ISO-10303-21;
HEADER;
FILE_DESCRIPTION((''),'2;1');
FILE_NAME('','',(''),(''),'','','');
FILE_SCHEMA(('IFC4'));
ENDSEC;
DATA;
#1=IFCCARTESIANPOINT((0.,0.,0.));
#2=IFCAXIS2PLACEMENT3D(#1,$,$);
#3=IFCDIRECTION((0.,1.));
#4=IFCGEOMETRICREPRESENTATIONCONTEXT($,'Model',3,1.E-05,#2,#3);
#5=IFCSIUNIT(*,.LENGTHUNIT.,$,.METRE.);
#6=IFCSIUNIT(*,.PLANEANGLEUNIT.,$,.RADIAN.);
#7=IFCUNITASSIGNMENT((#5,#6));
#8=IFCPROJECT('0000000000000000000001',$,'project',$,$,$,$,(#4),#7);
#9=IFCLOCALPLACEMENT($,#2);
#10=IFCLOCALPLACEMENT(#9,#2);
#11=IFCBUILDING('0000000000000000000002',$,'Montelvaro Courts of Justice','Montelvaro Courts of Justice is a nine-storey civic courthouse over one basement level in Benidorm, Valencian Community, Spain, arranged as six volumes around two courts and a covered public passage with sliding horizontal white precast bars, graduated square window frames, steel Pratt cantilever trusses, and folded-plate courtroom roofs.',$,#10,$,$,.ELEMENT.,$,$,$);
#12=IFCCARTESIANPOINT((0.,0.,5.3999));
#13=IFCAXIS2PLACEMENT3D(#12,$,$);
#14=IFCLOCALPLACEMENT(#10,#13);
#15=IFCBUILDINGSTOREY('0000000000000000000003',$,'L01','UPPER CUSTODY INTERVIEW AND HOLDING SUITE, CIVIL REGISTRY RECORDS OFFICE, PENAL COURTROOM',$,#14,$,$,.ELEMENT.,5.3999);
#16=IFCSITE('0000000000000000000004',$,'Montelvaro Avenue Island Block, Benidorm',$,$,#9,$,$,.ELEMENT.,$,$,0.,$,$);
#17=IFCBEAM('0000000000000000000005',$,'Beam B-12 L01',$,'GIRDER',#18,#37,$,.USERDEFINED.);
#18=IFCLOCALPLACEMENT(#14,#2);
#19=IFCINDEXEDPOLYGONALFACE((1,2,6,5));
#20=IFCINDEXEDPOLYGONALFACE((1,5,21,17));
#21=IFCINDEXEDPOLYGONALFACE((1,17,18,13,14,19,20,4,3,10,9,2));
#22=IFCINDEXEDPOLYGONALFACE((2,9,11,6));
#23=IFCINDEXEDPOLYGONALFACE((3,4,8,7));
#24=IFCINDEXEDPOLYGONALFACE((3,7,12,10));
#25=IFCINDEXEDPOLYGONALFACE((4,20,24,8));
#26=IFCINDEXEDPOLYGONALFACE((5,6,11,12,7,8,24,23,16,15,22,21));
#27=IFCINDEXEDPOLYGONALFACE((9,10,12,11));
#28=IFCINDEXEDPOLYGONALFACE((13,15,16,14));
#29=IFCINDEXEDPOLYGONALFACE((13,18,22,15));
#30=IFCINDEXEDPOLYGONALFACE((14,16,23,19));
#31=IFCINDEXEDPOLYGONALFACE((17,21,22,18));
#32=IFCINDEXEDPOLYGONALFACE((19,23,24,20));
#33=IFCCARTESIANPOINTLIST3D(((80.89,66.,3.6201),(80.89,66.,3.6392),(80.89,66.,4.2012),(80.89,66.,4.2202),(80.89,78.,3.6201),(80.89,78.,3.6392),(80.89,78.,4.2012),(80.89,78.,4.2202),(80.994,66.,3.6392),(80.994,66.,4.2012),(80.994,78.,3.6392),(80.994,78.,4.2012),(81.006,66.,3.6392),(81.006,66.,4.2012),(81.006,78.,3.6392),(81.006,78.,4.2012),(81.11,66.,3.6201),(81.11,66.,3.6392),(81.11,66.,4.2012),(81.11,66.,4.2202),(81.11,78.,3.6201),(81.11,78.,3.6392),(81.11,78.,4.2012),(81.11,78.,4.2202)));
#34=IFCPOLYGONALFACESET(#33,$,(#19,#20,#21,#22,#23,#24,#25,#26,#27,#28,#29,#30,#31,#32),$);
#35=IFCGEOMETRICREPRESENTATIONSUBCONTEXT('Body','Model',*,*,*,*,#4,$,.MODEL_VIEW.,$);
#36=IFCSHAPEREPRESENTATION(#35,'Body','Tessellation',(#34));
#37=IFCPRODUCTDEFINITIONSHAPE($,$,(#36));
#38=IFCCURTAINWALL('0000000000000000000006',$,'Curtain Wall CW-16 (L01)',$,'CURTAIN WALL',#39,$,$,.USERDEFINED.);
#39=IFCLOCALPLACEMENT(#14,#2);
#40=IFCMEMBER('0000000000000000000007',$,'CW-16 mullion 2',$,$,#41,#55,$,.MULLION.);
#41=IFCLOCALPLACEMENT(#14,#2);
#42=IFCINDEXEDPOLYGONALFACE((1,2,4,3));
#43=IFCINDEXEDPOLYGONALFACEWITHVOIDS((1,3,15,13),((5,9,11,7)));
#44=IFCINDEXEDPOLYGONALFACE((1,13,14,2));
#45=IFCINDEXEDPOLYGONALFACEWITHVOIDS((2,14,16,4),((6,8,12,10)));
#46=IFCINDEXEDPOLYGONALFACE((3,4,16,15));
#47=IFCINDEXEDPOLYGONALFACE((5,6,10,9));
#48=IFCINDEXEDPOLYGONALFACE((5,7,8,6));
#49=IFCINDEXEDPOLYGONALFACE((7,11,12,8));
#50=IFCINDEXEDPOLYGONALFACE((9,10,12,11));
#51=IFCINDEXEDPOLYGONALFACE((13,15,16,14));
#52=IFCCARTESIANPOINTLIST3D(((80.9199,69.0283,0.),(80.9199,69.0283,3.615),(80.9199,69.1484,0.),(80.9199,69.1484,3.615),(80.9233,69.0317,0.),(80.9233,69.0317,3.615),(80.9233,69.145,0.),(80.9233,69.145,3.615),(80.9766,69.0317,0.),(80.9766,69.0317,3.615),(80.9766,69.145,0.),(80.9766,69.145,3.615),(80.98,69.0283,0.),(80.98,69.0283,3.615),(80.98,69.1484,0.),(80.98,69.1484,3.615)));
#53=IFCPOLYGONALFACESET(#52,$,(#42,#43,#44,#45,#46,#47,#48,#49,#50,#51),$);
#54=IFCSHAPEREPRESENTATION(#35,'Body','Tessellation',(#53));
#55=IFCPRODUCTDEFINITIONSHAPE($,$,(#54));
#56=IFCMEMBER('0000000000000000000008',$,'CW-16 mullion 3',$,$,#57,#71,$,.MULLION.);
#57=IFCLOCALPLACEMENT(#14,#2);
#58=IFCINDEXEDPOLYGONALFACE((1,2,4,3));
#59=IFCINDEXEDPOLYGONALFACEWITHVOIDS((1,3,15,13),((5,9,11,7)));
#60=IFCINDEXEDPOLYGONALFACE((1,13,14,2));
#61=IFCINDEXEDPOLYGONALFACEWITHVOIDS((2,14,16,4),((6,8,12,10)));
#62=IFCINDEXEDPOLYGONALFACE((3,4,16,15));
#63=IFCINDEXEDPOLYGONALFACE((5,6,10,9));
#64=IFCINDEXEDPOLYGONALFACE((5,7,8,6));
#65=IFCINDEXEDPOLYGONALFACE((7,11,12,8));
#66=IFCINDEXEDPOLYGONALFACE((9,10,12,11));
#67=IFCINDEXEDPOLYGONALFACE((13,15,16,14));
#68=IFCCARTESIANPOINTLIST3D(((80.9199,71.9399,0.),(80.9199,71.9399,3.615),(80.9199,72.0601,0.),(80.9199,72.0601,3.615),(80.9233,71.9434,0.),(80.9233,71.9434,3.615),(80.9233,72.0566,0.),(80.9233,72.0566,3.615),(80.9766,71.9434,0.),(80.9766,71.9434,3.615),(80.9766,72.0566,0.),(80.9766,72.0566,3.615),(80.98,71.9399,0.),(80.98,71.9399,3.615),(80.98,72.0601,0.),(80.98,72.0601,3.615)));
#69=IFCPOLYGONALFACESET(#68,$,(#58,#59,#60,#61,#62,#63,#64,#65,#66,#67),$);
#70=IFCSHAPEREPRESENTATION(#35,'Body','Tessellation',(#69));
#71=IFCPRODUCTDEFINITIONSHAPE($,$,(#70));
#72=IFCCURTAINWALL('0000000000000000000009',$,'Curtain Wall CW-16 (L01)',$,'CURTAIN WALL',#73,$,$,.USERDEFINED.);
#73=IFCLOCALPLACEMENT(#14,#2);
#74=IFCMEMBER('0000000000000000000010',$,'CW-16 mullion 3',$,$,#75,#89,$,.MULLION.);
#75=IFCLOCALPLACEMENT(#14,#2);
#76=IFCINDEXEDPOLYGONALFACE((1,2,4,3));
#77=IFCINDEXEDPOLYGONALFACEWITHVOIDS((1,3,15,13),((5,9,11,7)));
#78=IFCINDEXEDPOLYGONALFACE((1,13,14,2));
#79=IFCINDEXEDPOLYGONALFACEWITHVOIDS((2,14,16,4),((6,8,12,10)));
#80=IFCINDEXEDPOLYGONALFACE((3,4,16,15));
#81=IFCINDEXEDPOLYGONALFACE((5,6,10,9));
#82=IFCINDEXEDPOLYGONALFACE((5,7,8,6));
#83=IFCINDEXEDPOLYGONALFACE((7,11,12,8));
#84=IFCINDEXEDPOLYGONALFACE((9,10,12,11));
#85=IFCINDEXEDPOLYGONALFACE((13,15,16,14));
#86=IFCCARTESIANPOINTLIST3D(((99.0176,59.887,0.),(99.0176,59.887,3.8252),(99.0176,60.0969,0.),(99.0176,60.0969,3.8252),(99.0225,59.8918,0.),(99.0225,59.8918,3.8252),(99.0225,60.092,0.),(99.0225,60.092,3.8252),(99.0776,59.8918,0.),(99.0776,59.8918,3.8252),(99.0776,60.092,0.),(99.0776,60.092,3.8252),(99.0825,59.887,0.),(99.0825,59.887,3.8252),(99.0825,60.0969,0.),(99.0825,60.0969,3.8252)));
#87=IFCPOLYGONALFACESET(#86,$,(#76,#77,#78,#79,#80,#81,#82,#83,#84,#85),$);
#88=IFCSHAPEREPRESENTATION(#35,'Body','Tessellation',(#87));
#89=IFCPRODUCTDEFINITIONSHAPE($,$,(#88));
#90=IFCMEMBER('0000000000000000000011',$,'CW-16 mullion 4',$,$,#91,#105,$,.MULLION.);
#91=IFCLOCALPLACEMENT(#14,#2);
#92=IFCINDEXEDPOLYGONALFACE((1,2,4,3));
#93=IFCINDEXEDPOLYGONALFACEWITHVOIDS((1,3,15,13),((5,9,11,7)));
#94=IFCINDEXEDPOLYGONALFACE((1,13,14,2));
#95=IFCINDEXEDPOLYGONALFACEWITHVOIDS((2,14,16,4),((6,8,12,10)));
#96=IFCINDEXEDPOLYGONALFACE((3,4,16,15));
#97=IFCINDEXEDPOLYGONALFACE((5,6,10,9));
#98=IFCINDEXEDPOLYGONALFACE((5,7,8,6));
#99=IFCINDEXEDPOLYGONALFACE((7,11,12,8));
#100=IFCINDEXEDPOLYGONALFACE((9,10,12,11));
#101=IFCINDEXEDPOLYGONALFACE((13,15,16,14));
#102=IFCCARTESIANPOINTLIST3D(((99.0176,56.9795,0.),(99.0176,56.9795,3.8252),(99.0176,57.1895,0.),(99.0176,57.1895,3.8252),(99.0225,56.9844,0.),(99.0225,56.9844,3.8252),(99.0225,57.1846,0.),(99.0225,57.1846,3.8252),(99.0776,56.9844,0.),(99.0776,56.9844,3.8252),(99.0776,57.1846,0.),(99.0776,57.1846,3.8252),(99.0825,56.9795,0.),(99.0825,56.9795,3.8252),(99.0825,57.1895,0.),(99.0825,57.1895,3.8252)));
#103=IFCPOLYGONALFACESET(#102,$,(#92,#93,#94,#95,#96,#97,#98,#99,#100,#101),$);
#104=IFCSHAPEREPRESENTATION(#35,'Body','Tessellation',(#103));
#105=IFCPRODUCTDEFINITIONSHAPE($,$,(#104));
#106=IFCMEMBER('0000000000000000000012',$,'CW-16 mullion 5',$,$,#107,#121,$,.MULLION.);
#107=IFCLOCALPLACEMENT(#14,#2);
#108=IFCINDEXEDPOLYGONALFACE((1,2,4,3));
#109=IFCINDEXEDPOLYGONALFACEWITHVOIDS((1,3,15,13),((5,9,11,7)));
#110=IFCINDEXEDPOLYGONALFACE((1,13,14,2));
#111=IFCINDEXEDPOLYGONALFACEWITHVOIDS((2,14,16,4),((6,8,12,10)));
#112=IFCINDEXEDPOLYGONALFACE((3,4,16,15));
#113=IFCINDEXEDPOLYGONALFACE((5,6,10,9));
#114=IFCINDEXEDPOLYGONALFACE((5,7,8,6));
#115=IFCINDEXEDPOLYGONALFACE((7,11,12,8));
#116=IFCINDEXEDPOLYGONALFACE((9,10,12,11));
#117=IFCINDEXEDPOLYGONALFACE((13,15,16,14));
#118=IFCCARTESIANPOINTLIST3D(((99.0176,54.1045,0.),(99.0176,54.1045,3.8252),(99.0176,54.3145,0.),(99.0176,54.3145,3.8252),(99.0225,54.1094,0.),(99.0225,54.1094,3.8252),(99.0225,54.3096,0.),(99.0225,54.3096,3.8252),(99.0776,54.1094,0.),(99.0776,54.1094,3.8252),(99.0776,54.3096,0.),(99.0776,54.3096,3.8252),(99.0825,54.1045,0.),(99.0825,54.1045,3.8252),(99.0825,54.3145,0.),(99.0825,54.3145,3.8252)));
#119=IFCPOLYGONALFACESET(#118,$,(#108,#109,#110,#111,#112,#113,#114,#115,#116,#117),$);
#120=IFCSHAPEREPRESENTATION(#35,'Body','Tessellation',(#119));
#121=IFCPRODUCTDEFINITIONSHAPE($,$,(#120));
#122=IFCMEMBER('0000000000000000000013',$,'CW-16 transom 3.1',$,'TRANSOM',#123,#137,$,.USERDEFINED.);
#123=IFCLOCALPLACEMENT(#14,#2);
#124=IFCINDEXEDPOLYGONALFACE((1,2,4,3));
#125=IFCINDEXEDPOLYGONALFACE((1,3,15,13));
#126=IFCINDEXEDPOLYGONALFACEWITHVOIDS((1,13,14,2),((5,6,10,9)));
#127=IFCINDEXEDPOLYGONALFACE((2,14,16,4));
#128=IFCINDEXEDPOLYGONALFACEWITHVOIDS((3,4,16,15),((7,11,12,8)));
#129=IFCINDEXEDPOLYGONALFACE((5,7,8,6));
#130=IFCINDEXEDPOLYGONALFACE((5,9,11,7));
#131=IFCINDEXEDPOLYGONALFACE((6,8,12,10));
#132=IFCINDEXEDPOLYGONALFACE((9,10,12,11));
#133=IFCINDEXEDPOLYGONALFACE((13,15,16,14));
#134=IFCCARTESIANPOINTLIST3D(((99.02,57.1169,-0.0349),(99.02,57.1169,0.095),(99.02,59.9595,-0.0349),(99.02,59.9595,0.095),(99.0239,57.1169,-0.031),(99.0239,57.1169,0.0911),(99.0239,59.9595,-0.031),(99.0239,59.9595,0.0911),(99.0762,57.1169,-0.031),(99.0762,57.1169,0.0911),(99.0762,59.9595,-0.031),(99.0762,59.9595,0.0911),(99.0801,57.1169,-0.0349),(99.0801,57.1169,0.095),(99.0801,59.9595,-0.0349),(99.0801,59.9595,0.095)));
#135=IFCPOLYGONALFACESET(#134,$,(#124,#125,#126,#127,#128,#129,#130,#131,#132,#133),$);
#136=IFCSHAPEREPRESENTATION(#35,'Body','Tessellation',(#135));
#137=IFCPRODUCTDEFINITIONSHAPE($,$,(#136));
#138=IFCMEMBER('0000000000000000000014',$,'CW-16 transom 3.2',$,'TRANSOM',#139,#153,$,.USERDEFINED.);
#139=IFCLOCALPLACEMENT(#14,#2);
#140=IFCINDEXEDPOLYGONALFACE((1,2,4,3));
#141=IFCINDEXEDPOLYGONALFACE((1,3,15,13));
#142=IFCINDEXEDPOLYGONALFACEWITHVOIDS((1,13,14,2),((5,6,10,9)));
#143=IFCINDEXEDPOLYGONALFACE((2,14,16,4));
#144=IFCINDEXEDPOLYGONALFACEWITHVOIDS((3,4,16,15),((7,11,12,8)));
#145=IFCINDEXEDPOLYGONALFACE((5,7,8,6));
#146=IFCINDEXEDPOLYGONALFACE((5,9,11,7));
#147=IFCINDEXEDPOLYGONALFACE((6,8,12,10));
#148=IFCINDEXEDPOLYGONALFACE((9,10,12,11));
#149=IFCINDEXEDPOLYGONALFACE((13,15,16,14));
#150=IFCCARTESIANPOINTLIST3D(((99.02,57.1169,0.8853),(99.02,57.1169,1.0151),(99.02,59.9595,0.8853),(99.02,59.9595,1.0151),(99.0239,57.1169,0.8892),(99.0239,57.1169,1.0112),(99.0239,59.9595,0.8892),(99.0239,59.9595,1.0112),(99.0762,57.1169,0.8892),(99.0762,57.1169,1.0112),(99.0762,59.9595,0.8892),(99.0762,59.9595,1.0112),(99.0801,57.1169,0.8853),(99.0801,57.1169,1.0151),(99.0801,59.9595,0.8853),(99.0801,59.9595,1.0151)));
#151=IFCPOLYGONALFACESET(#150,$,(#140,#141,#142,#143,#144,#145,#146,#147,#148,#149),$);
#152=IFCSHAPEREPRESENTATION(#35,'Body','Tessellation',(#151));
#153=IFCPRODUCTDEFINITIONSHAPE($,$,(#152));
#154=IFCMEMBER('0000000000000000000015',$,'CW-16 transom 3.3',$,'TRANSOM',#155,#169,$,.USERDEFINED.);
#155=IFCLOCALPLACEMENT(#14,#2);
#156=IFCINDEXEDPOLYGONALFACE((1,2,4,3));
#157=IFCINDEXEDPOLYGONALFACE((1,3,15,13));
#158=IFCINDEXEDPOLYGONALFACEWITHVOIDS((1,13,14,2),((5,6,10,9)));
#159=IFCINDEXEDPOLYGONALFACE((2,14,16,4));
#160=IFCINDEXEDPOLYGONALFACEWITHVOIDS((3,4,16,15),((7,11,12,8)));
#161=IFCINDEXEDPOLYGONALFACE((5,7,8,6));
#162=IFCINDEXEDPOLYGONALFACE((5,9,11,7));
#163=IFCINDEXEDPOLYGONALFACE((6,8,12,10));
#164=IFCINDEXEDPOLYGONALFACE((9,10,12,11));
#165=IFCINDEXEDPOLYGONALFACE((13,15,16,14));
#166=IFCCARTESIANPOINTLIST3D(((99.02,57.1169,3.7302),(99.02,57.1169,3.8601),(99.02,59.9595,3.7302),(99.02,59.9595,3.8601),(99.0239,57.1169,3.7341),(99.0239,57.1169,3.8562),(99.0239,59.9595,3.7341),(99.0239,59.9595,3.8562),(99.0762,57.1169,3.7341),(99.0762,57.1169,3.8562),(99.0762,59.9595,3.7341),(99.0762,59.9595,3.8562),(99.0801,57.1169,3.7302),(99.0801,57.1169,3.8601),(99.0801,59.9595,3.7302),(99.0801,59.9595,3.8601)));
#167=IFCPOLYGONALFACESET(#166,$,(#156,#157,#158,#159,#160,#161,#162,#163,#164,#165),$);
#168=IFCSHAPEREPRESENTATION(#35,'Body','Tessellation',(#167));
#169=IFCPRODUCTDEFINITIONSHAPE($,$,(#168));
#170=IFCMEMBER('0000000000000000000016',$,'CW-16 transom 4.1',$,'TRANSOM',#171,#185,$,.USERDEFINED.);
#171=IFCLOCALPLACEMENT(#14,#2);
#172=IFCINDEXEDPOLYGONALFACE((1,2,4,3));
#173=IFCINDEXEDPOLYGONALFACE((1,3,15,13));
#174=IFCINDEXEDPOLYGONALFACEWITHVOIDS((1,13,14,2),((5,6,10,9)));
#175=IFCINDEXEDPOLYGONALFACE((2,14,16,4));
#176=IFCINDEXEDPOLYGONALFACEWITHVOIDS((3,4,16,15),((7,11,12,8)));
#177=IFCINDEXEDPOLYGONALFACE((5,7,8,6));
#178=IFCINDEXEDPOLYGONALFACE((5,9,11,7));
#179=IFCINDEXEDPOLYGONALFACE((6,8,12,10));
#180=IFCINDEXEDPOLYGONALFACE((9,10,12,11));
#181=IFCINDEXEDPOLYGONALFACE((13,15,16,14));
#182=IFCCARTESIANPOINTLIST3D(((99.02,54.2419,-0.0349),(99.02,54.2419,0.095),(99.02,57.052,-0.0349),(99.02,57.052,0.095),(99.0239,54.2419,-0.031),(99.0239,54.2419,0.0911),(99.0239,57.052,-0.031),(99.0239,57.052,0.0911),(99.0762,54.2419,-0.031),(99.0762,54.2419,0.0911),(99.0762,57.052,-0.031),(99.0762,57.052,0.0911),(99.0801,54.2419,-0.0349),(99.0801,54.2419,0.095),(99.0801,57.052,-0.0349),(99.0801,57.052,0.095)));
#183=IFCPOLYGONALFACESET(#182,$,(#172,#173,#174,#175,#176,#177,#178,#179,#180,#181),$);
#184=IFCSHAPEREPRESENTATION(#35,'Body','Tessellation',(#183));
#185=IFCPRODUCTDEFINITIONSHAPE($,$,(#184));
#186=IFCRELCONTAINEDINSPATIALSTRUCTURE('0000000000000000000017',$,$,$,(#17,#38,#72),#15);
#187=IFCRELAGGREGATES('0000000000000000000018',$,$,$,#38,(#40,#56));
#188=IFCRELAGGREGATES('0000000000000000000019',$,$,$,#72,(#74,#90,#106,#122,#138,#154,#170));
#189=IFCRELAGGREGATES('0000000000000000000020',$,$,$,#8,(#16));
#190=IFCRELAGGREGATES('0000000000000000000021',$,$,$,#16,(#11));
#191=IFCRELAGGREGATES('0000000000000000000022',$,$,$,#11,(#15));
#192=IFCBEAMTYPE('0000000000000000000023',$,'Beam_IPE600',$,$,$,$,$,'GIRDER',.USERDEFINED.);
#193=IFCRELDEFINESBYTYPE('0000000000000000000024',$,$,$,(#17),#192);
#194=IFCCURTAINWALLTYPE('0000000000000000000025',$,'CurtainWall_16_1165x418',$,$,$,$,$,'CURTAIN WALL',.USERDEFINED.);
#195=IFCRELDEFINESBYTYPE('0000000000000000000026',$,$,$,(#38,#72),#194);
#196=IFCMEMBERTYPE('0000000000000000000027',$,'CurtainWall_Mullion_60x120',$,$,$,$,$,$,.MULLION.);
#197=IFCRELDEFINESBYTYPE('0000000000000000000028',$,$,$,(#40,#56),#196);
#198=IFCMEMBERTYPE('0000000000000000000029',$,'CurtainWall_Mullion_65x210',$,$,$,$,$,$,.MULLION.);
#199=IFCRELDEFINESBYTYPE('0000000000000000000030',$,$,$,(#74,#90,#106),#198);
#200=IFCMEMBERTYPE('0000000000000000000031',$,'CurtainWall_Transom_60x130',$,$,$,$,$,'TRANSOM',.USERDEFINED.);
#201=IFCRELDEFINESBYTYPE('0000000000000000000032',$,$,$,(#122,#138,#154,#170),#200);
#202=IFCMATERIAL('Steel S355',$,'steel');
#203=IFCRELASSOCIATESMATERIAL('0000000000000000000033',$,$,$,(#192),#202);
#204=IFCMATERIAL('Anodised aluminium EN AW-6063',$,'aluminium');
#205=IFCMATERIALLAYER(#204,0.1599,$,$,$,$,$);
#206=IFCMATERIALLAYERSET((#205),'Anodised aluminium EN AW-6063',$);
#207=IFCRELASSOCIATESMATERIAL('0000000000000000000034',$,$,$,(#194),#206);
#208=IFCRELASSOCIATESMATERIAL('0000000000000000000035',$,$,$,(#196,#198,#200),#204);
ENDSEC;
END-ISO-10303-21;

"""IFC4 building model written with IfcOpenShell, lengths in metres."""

from ifc_helpers import new_model, si_unit, direction, frame, origin, origin_2d, place, context, subcontext, project, spatial, hollow_rectangle, i_section, extrude, material, layer, layer_set, material_profile, profile_set, type_object, element, aggregate, save


model = new_model("IFC4")

# Units and contexts
model_context = context("Model", 3, precision=1e-05, world=origin(), true_north=direction((0.0, 1.0)))
body_context = subcontext(model_context, "Body", "Model", "MODEL_VIEW")
ifc_project = project(units=[si_unit("LENGTHUNIT", "METRE"), si_unit("PLANEANGLEUNIT", "RADIAN")], contexts=[model_context])

# Site, building, storey
site_placement = place(None, origin())
site = spatial("IfcSite", under=ifc_project, at=site_placement, Name="Montelvaro Avenue Island Block, Benidorm", CompositionType="ELEMENT", RefElevation=0.0)
building_placement = place(site_placement, origin())
building = spatial("IfcBuilding", under=site, at=building_placement, Name="Montelvaro Courts of Justice", Description="Montelvaro Courts of Justice is a nine-storey civic courthouse over one basement level in Benidorm, Valencian Community, Spain, arranged as six volumes around two courts and a covered public passage with sliding horizontal white precast bars, graduated square window frames, steel Pratt cantilever trusses, and folded-plate courtroom roofs.", CompositionType="ELEMENT")
storey_placement = place(building_placement, frame((0.0, 0.0, 5.3999)))
storey = spatial("IfcBuildingStorey", under=building, at=storey_placement, Name="L01", Description="UPPER CUSTODY INTERVIEW AND HOLDING SUITE, CIVIL REGISTRY RECORDS OFFICE, PENAL COURTROOM", CompositionType="ELEMENT", Elevation=5.3999)

# Shared definitions
ifc_material_1 = material(Name="Steel S355", Category="steel")

# Beam
ifc_material_profile_1 = material_profile(ifc_material_1, i_section(OverallWidth=0.22, OverallDepth=0.6001, WebThickness=0.012, FlangeThickness=0.019, at=origin_2d()), Name="IPE 600")
ifc_profile_set_1 = profile_set([ifc_material_profile_1], Name="Steel S355")
beam_type_1 = type_object("IfcBeamType", Name="Beam_IPE600", ElementType="GIRDER", PredefinedType="USERDEFINED", material=ifc_profile_set_1)
beam_1_placement = place(storey_placement, frame((81.0, 66.0, 3.9202), z_axis=(0.0, 1.0, 0.0), x_axis=(-1.0, 0.0, 0.0)))
element("IfcBeam", 1, at=beam_1_placement, inside=storey, type_object=beam_type_1, Name="Beam B-12 L01", ObjectType="GIRDER", PredefinedType="USERDEFINED", context=body_context, shape_type="SweptSolid", body=[
    extrude(i_section(OverallWidth=0.22, OverallDepth=0.6001, WebThickness=0.012, FlangeThickness=0.019, at=origin_2d()), origin(), (0.0, 0.0, 1.0), 12.0),
])

# Curtain walls, members
ifc_material_2 = material(Name="Anodised aluminium EN AW-6063", Category="aluminium")
ifc_layer_1 = layer(ifc_material_2, 0.1599)
ifc_layer_set_1 = layer_set([ifc_layer_1], Name="Anodised aluminium EN AW-6063")
curtain_wall_type = type_object("IfcCurtainWallType", Name="CurtainWall_16_1165x418", ElementType="CURTAIN WALL", PredefinedType="USERDEFINED", material=ifc_layer_set_1)
curtain_wall_1_placement = place(storey_placement, origin())
curtain_wall_1 = element("IfcCurtainWall", 2, at=curtain_wall_1_placement, inside=storey, type_object=curtain_wall_type, Name="Curtain Wall CW-16 (L01)", ObjectType="CURTAIN WALL", PredefinedType="USERDEFINED")
ifc_material_profile_2 = material_profile(ifc_material_2, hollow_rectangle(XDim=0.0601, YDim=0.1201, WallThickness=0.0034, at=origin_2d()), Name="ALU-M 60x120")
ifc_profile_set_2 = profile_set([ifc_material_profile_2], Name="Anodised aluminium EN AW-6063")
member_type_1 = type_object("IfcMemberType", Name="CurtainWall_Mullion_60x120", PredefinedType="MULLION", material=ifc_profile_set_2)
member_1_placement = place(storey_placement, frame((80.95, 69.0884, 0.0), z_axis=(0.0, 0.0, 1.0), x_axis=(-1.0, 0.0, 0.0)))
member_1 = element("IfcMember", 3, at=member_1_placement, type_object=member_type_1, Name="CW-16 mullion 2", PredefinedType="MULLION", context=body_context, shape_type="SweptSolid", body=[
    extrude(hollow_rectangle(XDim=0.0601, YDim=0.1201, WallThickness=0.0034, at=origin_2d()), origin(), (0.0, 0.0, 1.0), 3.615),
])
member_2_placement = place(storey_placement, frame((80.95, 72.0, 0.0), z_axis=(0.0, 0.0, 1.0), x_axis=(-1.0, 0.0, 0.0)))
member_2 = element("IfcMember", 4, at=member_2_placement, type_object=member_type_1, Name="CW-16 mullion 3", PredefinedType="MULLION", context=body_context, shape_type="SweptSolid", body=[
    extrude(hollow_rectangle(XDim=0.0601, YDim=0.1201, WallThickness=0.0034, at=origin_2d()), origin(), (0.0, 0.0, 1.0), 3.615),
])
curtain_wall_2_placement = place(storey_placement, origin())
curtain_wall_2 = element("IfcCurtainWall", 5, at=curtain_wall_2_placement, inside=storey, type_object=curtain_wall_type, Name="Curtain Wall CW-16 (L01)", ObjectType="CURTAIN WALL", PredefinedType="USERDEFINED")
ifc_material_profile_3 = material_profile(ifc_material_2, hollow_rectangle(XDim=0.0649, YDim=0.21, WallThickness=0.0049, at=origin_2d()), Name="ALU-M 65x210")
ifc_profile_set_3 = profile_set([ifc_material_profile_3], Name="Anodised aluminium EN AW-6063")
member_type_2 = type_object("IfcMemberType", Name="CurtainWall_Mullion_65x210", PredefinedType="MULLION", material=ifc_profile_set_3)
member_3_placement = place(storey_placement, frame((99.05, 59.9919, 0.0), z_axis=(0.0, 0.0, 1.0), x_axis=(1.0, 0.0, 0.0)))
member_3 = element("IfcMember", 6, at=member_3_placement, type_object=member_type_2, Name="CW-16 mullion 3", PredefinedType="MULLION", context=body_context, shape_type="SweptSolid", body=[
    extrude(hollow_rectangle(XDim=0.0649, YDim=0.21, WallThickness=0.0049, at=origin_2d()), origin(), (0.0, 0.0, 1.0), 3.8252),
])
member_4_placement = place(storey_placement, frame((99.05, 57.0845, 0.0), z_axis=(0.0, 0.0, 1.0), x_axis=(1.0, 0.0, 0.0)))
member_4 = element("IfcMember", 7, at=member_4_placement, type_object=member_type_2, Name="CW-16 mullion 4", PredefinedType="MULLION", context=body_context, shape_type="SweptSolid", body=[
    extrude(hollow_rectangle(XDim=0.0649, YDim=0.21, WallThickness=0.0049, at=origin_2d()), origin(), (0.0, 0.0, 1.0), 3.8252),
])
member_5_placement = place(storey_placement, frame((99.05, 54.2095, 0.0), z_axis=(0.0, 0.0, 1.0), x_axis=(1.0, 0.0, 0.0)))
member_5 = element("IfcMember", 8, at=member_5_placement, type_object=member_type_2, Name="CW-16 mullion 5", PredefinedType="MULLION", context=body_context, shape_type="SweptSolid", body=[
    extrude(hollow_rectangle(XDim=0.0649, YDim=0.21, WallThickness=0.0049, at=origin_2d()), origin(), (0.0, 0.0, 1.0), 3.8252),
])
ifc_material_profile_4 = material_profile(ifc_material_2, hollow_rectangle(XDim=0.0601, YDim=0.1299, WallThickness=0.0039, at=origin_2d()), Name="ALU-T 60x130")
ifc_profile_set_4 = profile_set([ifc_material_profile_4], Name="Anodised aluminium EN AW-6063")
member_type_3 = type_object("IfcMemberType", Name="CurtainWall_Transom_60x130", ElementType="TRANSOM", PredefinedType="USERDEFINED", material=ifc_profile_set_4)
member_6_placement = place(storey_placement, frame((99.05, 59.9595, 0.03), z_axis=(0.0, -1.0, 0.0), x_axis=(1.0, 0.0, 0.0)))
member_6 = element("IfcMember", 9, at=member_6_placement, type_object=member_type_3, Name="CW-16 transom 3.1", ObjectType="TRANSOM", PredefinedType="USERDEFINED", context=body_context, shape_type="SweptSolid", body=[
    extrude(hollow_rectangle(XDim=0.0601, YDim=0.1299, WallThickness=0.0039, at=origin_2d()), origin(), (0.0, 0.0, 1.0), 2.8425),
])
member_7_placement = place(storey_placement, frame((99.05, 59.9595, 0.9502), z_axis=(0.0, -1.0, 0.0), x_axis=(1.0, 0.0, 0.0)))
member_7 = element("IfcMember", 10, at=member_7_placement, type_object=member_type_3, Name="CW-16 transom 3.2", ObjectType="TRANSOM", PredefinedType="USERDEFINED", context=body_context, shape_type="SweptSolid", body=[
    extrude(hollow_rectangle(XDim=0.0601, YDim=0.1299, WallThickness=0.0039, at=origin_2d()), origin(), (0.0, 0.0, 1.0), 2.8425),
])
member_8_placement = place(storey_placement, frame((99.05, 59.9595, 3.7952), z_axis=(0.0, -1.0, 0.0), x_axis=(1.0, 0.0, 0.0)))
member_8 = element("IfcMember", 11, at=member_8_placement, type_object=member_type_3, Name="CW-16 transom 3.3", ObjectType="TRANSOM", PredefinedType="USERDEFINED", context=body_context, shape_type="SweptSolid", body=[
    extrude(hollow_rectangle(XDim=0.0601, YDim=0.1299, WallThickness=0.0039, at=origin_2d()), origin(), (0.0, 0.0, 1.0), 2.8425),
])
member_9_placement = place(storey_placement, frame((99.05, 57.052, 0.03), z_axis=(0.0, -1.0, 0.0), x_axis=(1.0, 0.0, 0.0)))
member_9 = element("IfcMember", 12, at=member_9_placement, type_object=member_type_3, Name="CW-16 transom 4.1", ObjectType="TRANSOM", PredefinedType="USERDEFINED", context=body_context, shape_type="SweptSolid", body=[
    extrude(hollow_rectangle(XDim=0.0601, YDim=0.1299, WallThickness=0.0039, at=origin_2d()), origin(), (0.0, 0.0, 1.0), 2.8101),
])

aggregate(curtain_wall_1, [member_1, member_2])
aggregate(curtain_wall_2, [member_3, member_4, member_5, member_6, member_7, member_8, member_9])

save(model, "model.ifc")
